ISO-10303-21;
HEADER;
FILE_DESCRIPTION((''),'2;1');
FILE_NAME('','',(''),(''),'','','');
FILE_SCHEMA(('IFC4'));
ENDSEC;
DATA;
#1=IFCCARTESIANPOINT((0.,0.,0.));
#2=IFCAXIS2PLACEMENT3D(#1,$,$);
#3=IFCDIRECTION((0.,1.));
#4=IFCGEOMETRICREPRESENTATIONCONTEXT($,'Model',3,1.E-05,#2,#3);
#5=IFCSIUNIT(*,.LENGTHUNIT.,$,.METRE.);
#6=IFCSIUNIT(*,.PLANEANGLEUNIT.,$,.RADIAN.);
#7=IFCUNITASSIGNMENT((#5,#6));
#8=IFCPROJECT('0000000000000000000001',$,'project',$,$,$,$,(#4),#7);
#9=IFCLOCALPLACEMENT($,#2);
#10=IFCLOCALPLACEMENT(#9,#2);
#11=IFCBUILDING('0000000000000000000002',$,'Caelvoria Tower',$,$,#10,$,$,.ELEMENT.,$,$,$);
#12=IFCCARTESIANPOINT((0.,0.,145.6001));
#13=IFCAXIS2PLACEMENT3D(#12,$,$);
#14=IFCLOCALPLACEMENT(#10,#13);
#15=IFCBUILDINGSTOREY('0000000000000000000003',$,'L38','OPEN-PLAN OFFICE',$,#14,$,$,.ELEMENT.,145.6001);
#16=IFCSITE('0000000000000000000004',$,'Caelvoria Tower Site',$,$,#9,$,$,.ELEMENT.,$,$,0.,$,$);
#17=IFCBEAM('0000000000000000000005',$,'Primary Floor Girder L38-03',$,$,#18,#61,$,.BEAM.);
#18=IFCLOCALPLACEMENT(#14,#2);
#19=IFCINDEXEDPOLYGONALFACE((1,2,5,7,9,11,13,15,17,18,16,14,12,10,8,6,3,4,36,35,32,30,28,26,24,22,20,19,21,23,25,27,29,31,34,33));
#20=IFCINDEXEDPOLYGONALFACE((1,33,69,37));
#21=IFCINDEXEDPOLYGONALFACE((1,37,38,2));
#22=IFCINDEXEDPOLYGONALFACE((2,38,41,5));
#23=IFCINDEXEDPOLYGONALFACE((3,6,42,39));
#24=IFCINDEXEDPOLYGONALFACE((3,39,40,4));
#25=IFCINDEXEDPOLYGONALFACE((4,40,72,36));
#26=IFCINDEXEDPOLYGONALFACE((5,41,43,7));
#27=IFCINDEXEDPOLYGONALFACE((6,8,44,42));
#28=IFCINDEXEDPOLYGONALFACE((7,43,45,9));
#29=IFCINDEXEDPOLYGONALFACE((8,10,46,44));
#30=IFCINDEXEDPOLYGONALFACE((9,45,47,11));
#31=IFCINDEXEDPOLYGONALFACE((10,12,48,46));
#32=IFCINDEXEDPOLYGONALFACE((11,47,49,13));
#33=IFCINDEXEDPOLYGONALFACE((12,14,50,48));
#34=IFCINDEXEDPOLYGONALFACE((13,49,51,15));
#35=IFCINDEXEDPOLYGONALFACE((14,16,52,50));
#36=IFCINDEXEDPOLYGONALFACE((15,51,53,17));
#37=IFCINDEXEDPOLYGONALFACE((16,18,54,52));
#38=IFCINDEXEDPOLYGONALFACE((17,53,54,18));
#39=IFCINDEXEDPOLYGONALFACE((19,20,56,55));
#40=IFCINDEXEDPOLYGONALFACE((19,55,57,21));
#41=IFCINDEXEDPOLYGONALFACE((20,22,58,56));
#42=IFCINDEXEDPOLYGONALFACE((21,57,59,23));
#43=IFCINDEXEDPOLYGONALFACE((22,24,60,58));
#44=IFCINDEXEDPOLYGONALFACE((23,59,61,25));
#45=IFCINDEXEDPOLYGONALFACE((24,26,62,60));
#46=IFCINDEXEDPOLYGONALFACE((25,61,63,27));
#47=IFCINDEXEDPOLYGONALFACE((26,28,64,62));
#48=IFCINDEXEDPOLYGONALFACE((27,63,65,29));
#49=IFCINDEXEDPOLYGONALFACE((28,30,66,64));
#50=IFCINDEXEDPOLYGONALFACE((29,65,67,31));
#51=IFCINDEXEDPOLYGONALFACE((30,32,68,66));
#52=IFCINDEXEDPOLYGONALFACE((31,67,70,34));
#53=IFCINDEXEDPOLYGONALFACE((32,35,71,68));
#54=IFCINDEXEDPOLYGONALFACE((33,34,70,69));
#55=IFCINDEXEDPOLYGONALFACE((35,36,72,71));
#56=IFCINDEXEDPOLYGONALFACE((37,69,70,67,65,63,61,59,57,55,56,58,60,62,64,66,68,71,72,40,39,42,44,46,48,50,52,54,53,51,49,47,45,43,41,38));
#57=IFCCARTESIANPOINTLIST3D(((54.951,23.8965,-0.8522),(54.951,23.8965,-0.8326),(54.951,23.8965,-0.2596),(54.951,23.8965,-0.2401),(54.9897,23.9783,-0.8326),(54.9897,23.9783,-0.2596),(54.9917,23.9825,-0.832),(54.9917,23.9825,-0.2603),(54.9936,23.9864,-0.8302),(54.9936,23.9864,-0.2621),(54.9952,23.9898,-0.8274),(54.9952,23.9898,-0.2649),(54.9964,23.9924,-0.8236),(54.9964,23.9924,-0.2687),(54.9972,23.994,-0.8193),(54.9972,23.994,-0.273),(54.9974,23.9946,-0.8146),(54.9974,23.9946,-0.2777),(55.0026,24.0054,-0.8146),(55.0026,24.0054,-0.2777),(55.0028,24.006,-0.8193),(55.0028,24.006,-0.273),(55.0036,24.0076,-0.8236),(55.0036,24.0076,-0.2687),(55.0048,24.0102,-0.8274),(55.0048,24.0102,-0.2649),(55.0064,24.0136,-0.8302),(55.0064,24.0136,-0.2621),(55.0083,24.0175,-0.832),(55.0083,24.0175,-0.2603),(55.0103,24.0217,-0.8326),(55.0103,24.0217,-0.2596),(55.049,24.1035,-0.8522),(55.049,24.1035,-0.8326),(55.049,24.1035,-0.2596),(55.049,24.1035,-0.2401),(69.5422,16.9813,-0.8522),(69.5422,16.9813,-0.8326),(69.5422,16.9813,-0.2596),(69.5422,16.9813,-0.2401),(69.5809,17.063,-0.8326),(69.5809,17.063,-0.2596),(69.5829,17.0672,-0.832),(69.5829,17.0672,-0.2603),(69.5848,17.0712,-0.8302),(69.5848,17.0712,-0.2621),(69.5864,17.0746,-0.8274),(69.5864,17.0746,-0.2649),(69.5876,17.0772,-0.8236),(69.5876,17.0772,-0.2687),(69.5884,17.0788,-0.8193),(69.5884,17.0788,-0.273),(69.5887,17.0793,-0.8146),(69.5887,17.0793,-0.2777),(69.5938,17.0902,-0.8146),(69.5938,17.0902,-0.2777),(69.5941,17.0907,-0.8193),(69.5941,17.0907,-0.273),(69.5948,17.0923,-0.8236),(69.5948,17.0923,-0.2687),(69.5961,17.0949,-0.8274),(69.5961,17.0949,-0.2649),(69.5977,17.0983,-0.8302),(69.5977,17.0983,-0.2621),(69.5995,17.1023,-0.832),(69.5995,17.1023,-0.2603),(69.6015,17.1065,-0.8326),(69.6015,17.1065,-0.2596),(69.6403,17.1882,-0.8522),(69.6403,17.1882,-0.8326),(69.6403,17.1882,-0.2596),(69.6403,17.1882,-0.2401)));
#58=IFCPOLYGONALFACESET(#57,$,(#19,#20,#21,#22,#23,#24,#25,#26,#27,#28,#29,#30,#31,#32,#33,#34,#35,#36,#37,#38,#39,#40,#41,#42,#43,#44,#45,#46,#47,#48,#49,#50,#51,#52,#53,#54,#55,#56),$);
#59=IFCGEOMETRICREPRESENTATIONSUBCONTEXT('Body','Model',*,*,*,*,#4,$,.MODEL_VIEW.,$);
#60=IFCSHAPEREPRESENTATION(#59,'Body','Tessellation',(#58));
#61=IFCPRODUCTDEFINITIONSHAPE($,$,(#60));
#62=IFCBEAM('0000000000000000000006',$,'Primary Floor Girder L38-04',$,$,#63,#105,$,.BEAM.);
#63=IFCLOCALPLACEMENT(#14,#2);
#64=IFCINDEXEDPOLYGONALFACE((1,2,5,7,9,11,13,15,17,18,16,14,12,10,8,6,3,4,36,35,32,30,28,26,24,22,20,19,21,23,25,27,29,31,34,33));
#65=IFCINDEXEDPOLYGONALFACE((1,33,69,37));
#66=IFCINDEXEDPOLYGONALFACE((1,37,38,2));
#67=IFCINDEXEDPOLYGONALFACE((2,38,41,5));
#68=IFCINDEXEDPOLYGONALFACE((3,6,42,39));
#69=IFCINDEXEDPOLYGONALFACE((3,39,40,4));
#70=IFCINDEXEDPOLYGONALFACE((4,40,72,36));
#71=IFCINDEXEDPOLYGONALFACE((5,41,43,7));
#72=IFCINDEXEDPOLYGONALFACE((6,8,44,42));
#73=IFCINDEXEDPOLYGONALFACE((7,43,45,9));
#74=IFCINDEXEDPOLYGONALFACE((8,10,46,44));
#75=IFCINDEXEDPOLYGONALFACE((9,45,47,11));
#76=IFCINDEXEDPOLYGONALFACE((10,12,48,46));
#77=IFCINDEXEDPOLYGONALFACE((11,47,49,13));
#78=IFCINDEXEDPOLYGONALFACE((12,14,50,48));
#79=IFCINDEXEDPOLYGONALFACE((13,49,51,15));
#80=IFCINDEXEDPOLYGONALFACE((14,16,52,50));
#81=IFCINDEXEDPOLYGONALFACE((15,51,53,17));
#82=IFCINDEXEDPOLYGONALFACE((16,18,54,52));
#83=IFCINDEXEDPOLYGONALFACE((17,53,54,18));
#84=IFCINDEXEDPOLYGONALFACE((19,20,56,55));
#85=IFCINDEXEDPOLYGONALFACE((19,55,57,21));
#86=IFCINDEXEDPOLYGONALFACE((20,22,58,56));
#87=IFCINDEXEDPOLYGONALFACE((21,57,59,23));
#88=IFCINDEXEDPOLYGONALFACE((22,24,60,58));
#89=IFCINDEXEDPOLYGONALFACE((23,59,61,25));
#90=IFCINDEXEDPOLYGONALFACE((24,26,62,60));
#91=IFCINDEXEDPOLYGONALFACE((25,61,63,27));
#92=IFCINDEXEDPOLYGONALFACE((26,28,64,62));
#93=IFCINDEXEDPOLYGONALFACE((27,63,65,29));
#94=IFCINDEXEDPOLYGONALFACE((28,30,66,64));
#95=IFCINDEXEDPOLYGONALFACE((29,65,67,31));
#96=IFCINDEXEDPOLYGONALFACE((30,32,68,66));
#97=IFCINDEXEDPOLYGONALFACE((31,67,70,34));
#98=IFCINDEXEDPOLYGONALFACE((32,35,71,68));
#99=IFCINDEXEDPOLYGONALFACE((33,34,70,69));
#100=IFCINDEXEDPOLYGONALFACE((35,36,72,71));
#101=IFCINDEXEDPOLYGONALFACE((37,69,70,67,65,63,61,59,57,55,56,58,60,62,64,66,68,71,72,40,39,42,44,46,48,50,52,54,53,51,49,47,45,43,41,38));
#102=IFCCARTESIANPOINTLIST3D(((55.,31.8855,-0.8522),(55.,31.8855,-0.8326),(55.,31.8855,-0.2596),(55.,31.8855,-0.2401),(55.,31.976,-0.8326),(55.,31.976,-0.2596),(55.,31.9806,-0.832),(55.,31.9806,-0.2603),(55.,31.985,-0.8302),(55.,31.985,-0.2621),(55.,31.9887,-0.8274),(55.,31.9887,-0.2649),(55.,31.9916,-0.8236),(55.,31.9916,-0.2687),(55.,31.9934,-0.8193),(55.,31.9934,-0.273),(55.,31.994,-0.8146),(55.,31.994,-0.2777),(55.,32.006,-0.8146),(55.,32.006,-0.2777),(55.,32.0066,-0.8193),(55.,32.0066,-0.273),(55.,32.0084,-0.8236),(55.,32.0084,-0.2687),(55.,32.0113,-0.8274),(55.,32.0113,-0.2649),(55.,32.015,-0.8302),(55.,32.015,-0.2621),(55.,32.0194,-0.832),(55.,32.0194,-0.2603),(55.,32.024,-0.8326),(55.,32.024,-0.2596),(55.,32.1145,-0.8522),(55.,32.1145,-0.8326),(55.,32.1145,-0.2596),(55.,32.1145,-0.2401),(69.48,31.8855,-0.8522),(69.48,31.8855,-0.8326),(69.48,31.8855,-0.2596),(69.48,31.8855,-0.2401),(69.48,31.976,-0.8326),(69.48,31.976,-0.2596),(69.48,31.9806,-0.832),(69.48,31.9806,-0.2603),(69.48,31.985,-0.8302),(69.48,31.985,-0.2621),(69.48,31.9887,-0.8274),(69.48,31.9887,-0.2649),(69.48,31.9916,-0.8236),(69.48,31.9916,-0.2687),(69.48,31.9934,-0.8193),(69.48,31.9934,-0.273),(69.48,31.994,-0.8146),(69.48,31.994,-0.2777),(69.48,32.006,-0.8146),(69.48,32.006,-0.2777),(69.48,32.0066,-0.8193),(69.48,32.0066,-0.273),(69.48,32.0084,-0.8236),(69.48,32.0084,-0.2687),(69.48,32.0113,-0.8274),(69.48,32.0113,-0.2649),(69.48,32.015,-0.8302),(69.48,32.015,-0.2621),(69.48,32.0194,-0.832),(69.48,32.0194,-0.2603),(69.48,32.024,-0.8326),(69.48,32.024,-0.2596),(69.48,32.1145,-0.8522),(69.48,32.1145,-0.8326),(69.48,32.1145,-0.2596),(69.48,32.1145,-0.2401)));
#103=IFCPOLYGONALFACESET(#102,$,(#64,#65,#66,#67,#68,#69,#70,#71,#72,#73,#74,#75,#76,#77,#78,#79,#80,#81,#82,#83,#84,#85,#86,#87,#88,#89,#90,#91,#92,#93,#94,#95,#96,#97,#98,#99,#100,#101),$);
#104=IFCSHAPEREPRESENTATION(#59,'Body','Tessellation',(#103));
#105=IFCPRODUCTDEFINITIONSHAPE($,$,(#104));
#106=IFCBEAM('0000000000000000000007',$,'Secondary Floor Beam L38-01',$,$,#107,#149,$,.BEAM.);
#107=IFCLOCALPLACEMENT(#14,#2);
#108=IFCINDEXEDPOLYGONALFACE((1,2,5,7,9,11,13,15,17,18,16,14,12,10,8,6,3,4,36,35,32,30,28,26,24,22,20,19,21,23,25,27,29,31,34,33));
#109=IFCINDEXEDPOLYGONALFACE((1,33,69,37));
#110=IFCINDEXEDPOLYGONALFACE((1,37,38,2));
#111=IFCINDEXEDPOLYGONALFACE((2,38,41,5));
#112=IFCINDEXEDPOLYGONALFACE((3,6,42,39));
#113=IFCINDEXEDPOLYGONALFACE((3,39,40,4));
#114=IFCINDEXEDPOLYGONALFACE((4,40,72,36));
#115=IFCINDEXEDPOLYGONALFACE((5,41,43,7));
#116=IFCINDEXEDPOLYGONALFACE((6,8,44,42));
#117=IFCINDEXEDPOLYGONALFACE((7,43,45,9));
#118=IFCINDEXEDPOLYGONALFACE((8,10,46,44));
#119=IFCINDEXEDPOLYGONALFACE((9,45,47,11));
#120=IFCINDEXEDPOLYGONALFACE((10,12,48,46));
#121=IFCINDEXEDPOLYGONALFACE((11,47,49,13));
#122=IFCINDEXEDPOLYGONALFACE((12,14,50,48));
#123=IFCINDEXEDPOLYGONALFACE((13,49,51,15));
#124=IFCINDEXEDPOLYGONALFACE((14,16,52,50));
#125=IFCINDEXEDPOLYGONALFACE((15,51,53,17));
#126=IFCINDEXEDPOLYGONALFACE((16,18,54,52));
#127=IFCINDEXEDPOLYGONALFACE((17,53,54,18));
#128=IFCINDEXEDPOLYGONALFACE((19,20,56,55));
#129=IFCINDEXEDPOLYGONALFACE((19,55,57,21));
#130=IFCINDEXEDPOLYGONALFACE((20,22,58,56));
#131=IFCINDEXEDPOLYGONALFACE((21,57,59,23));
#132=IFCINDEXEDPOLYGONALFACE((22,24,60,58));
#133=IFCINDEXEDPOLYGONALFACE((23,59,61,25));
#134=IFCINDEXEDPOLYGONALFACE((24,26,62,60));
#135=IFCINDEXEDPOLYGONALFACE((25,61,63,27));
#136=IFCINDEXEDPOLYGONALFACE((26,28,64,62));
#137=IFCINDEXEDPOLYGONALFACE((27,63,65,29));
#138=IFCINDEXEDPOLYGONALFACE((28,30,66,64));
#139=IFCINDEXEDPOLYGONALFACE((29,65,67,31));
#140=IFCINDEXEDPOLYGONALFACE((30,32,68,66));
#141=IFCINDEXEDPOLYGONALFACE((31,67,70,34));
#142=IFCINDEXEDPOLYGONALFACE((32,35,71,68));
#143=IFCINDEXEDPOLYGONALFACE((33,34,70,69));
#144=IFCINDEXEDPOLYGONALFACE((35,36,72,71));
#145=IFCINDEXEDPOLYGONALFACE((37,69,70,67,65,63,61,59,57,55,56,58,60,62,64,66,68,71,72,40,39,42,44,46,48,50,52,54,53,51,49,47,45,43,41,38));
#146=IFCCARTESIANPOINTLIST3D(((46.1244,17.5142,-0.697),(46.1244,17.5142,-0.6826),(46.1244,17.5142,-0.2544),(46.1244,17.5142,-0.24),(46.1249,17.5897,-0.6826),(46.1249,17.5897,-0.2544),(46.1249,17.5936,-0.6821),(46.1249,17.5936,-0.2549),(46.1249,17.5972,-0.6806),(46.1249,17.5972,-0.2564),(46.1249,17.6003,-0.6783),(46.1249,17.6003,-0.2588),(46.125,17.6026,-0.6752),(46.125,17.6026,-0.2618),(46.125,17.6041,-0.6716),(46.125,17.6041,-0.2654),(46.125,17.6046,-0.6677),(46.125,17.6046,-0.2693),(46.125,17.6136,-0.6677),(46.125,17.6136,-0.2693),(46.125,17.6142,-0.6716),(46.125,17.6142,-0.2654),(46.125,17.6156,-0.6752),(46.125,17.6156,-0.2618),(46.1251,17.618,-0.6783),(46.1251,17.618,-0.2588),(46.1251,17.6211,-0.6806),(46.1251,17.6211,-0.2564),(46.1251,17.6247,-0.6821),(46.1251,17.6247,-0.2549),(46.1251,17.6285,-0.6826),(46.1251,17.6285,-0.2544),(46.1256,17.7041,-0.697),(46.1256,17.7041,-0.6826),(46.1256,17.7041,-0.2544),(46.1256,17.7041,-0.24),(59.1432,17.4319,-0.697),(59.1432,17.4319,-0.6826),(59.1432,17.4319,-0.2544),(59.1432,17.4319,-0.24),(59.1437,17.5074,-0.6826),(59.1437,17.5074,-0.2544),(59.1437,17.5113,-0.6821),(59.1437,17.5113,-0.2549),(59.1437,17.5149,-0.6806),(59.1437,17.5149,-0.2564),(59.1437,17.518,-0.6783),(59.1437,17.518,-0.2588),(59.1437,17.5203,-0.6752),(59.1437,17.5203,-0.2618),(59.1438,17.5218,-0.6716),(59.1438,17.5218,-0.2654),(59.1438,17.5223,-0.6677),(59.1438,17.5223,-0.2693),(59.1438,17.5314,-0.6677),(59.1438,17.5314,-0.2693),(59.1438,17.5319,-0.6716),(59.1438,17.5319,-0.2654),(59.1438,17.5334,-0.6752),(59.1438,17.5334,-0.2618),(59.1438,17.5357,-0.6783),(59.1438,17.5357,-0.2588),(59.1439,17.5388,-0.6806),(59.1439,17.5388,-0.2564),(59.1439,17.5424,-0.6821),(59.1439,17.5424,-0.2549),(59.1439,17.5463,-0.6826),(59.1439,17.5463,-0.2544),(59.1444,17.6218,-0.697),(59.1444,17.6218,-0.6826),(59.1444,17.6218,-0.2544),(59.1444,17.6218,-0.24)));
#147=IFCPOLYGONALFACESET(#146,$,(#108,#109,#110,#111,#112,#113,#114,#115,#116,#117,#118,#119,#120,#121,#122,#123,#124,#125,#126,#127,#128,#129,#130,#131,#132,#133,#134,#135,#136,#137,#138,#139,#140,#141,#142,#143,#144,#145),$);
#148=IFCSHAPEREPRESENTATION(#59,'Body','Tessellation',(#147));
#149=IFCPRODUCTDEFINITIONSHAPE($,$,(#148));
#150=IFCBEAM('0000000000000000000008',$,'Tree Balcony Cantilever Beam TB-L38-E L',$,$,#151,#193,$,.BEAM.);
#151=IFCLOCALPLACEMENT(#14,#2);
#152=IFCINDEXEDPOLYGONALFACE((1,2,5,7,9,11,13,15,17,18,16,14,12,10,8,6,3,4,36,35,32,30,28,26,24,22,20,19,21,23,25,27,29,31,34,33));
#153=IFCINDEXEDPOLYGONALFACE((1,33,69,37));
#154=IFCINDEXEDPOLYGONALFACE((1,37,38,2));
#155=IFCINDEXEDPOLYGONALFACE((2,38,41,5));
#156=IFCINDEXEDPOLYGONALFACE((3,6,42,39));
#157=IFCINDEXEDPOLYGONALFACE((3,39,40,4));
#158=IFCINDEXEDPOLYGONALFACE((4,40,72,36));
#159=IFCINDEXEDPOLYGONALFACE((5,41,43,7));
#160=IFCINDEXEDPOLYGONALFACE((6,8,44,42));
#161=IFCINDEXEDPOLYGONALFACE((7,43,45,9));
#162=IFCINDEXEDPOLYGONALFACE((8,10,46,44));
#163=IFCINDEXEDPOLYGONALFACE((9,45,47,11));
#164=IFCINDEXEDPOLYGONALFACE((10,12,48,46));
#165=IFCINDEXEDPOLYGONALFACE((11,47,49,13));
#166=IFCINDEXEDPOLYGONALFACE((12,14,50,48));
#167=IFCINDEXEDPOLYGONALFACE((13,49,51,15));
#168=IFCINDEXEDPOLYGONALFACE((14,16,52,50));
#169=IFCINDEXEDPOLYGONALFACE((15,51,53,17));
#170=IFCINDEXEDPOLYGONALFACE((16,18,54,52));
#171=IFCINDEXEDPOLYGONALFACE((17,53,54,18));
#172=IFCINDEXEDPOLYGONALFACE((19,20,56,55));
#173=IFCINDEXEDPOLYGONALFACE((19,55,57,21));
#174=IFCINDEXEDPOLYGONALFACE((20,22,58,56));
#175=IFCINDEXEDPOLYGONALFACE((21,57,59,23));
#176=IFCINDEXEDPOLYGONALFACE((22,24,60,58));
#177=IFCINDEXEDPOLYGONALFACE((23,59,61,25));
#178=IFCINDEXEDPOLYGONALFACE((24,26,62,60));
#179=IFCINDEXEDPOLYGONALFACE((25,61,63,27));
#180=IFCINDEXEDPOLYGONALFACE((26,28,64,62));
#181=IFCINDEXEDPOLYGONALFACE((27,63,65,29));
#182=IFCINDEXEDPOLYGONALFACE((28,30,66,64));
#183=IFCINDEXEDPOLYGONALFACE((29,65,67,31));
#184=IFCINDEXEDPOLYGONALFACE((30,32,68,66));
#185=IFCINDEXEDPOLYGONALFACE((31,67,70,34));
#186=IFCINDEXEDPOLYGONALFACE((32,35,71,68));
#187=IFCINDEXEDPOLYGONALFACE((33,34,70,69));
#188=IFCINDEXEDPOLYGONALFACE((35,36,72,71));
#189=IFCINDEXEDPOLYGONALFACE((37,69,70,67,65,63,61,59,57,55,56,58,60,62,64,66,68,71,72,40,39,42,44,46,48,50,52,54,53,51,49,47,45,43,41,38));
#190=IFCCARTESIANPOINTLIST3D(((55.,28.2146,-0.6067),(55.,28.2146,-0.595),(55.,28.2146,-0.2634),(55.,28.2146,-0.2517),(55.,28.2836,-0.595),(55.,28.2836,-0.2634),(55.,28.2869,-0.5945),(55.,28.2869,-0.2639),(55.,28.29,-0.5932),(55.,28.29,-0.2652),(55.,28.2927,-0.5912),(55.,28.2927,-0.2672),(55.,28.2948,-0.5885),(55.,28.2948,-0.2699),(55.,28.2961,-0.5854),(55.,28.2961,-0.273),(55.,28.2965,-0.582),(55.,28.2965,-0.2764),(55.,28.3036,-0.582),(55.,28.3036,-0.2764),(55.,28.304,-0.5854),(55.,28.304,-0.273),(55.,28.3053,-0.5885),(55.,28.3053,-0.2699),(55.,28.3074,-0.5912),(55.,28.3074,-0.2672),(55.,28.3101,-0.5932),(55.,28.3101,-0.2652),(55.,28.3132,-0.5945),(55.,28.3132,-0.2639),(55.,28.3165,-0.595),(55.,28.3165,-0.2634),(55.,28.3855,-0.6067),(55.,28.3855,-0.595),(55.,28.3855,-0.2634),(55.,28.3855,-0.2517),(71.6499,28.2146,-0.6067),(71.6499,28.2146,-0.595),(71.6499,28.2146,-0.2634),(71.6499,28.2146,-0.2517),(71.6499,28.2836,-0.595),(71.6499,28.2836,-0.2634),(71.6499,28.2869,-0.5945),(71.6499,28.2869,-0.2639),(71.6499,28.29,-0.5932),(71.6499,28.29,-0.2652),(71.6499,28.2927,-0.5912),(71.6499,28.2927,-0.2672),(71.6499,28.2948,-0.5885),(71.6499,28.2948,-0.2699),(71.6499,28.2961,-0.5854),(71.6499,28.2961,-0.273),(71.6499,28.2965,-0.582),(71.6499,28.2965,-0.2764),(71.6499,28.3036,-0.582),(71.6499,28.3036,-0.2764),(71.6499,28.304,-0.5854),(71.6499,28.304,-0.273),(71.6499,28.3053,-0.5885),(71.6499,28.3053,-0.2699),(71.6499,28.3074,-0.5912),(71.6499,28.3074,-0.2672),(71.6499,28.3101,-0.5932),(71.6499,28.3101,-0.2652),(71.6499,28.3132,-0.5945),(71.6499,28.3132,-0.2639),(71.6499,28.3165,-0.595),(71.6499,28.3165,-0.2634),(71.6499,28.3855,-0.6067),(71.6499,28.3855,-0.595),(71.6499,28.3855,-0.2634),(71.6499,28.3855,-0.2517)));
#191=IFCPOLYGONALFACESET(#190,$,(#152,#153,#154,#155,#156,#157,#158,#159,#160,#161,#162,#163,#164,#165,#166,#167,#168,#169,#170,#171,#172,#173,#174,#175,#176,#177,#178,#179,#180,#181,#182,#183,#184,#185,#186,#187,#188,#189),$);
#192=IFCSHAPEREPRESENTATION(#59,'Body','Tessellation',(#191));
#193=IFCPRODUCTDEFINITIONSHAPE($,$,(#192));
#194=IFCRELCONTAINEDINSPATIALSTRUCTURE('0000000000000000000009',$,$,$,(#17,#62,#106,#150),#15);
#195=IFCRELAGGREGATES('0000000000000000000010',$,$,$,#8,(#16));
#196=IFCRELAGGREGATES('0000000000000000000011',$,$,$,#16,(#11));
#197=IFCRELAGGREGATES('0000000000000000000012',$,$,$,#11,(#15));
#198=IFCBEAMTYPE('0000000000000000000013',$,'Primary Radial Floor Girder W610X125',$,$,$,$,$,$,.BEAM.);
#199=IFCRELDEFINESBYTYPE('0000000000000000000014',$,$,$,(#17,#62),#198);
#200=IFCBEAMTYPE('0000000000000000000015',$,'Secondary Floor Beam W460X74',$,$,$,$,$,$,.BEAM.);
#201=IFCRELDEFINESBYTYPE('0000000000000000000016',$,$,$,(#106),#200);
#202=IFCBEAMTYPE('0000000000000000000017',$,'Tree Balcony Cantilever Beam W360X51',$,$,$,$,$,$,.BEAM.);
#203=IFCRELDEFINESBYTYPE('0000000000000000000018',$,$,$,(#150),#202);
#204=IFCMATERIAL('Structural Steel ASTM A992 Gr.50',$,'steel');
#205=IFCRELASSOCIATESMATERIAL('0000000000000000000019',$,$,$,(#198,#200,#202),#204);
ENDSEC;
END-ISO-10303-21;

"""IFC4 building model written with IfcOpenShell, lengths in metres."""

from ifc_helpers import new_model, si_unit, direction, frame, origin, origin_2d, place, context, subcontext, project, spatial, i_section, extrude, material, material_profile, profile_set, type_object, element, save


model = new_model("IFC4")

# Units and contexts
model_context = context("Model", 3, precision=1e-05, world=origin(), true_north=direction((0.0, 1.0)))
body_context = subcontext(model_context, "Body", "Model", "MODEL_VIEW")
ifc_project = project(units=[si_unit("LENGTHUNIT", "METRE"), si_unit("PLANEANGLEUNIT", "RADIAN")], contexts=[model_context])

# Site, building, storey
site_placement = place(None, origin())
site = spatial("IfcSite", under=ifc_project, at=site_placement, Name="Caelvoria Tower Site", CompositionType="ELEMENT", RefElevation=0.0)
building_placement = place(site_placement, origin())
building = spatial("IfcBuilding", under=site, at=building_placement, Name="Caelvoria Tower", CompositionType="ELEMENT")
storey_placement = place(building_placement, frame((0.0, 0.0, 145.6001)))
storey = spatial("IfcBuildingStorey", under=building, at=storey_placement, Name="L38", Description="OPEN-PLAN OFFICE", CompositionType="ELEMENT", Elevation=145.6001)

# Shared definitions
ifc_material_1 = material(Name="Structural Steel ASTM A992 Gr.50", Category="steel")

# Beams
ifc_material_profile_1 = material_profile(ifc_material_1, i_section(OverallWidth=0.229, OverallDepth=0.6121, WebThickness=0.012, FlangeThickness=0.0195, FilletRadius=0.0181, at=origin_2d()), Name="Structural Steel ASTM A992 Gr.50")
ifc_profile_set_1 = profile_set([ifc_material_profile_1], Name="W610X125 - Structural Steel ASTM A992 Gr.50")
beam_type_1 = type_object("IfcBeamType", Name="Primary Radial Floor Girder W610X125", PredefinedType="BEAM", material=ifc_profile_set_1)
beam_1_placement = place(storey_placement, frame((55.0, 24.0, -0.5461), z_axis=(0.903651, -0.428269, 0.0), x_axis=(0.428269, 0.903651, 0.0)))
element("IfcBeam", 1, at=beam_1_placement, inside=storey, type_object=beam_type_1, Name="Primary Floor Girder L38-03", PredefinedType="BEAM", context=body_context, shape_type="SweptSolid", body=[
    extrude(i_section(OverallWidth=0.229, OverallDepth=0.6121, WebThickness=0.012, FlangeThickness=0.0195, FilletRadius=0.0181, at=origin_2d()), origin(), (0.0, 0.0, 1.0), 16.147),
])
beam_2_placement = place(storey_placement, frame((55.0, 32.0, -0.5461), z_axis=(1.0, 0.0, 0.0), x_axis=(0.0, 1.0, 0.0)))
element("IfcBeam", 2, at=beam_2_placement, inside=storey, type_object=beam_type_1, Name="Primary Floor Girder L38-04", PredefinedType="BEAM", context=body_context, shape_type="SweptSolid", body=[
    extrude(i_section(OverallWidth=0.229, OverallDepth=0.6121, WebThickness=0.012, FlangeThickness=0.0195, FilletRadius=0.0181, at=origin_2d()), origin(), (0.0, 0.0, 1.0), 14.48),
])
ifc_material_profile_2 = material_profile(ifc_material_1, i_section(OverallWidth=0.1899, OverallDepth=0.457, WebThickness=0.009, FlangeThickness=0.0144, FilletRadius=0.0149, at=origin_2d()), Name="Structural Steel ASTM A992 Gr.50")
ifc_profile_set_2 = profile_set([ifc_material_profile_2], Name="W460X74 - Structural Steel ASTM A992 Gr.50")
beam_type_2 = type_object("IfcBeamType", Name="Secondary Floor Beam W460X74", PredefinedType="BEAM", material=ifc_profile_set_2)
beam_3_placement = place(storey_placement, frame((46.125, 17.6091, -0.4685), z_axis=(0.99998, -0.00632, 0.0), x_axis=(0.00632, 0.99998, 0.0)))
element("IfcBeam", 3, at=beam_3_placement, inside=storey, type_object=beam_type_2, Name="Secondary Floor Beam L38-01", PredefinedType="BEAM", context=body_context, shape_type="SweptSolid", body=[
    extrude(i_section(OverallWidth=0.1899, OverallDepth=0.457, WebThickness=0.009, FlangeThickness=0.0144, FilletRadius=0.0149, at=origin_2d()), origin(), (0.0, 0.0, 1.0), 13.019),
])
ifc_material_profile_3 = material_profile(ifc_material_1, i_section(OverallWidth=0.1709, OverallDepth=0.355, WebThickness=0.0071, FlangeThickness=0.0117, FilletRadius=0.0129, at=origin_2d()), Name="Structural Steel ASTM A992 Gr.50")
ifc_profile_set_3 = profile_set([ifc_material_profile_3], Name="W360X51 - Structural Steel ASTM A992 Gr.50")
beam_type_3 = type_object("IfcBeamType", Name="Tree Balcony Cantilever Beam W360X51", PredefinedType="BEAM", material=ifc_profile_set_3)
beam_4_placement = place(storey_placement, frame((55.0, 28.3, -0.4292), z_axis=(1.0, 0.0, 0.0), x_axis=(0.0, 1.0, 0.0)))
element("IfcBeam", 4, at=beam_4_placement, inside=storey, type_object=beam_type_3, Name="Tree Balcony Cantilever Beam TB-L38-E L", PredefinedType="BEAM", context=body_context, shape_type="SweptSolid", body=[
    extrude(i_section(OverallWidth=0.1709, OverallDepth=0.355, WebThickness=0.0071, FlangeThickness=0.0117, FilletRadius=0.0129, at=origin_2d()), origin(), (0.0, 0.0, 1.0), 16.6499),
])

save(model, "model.ifc")
